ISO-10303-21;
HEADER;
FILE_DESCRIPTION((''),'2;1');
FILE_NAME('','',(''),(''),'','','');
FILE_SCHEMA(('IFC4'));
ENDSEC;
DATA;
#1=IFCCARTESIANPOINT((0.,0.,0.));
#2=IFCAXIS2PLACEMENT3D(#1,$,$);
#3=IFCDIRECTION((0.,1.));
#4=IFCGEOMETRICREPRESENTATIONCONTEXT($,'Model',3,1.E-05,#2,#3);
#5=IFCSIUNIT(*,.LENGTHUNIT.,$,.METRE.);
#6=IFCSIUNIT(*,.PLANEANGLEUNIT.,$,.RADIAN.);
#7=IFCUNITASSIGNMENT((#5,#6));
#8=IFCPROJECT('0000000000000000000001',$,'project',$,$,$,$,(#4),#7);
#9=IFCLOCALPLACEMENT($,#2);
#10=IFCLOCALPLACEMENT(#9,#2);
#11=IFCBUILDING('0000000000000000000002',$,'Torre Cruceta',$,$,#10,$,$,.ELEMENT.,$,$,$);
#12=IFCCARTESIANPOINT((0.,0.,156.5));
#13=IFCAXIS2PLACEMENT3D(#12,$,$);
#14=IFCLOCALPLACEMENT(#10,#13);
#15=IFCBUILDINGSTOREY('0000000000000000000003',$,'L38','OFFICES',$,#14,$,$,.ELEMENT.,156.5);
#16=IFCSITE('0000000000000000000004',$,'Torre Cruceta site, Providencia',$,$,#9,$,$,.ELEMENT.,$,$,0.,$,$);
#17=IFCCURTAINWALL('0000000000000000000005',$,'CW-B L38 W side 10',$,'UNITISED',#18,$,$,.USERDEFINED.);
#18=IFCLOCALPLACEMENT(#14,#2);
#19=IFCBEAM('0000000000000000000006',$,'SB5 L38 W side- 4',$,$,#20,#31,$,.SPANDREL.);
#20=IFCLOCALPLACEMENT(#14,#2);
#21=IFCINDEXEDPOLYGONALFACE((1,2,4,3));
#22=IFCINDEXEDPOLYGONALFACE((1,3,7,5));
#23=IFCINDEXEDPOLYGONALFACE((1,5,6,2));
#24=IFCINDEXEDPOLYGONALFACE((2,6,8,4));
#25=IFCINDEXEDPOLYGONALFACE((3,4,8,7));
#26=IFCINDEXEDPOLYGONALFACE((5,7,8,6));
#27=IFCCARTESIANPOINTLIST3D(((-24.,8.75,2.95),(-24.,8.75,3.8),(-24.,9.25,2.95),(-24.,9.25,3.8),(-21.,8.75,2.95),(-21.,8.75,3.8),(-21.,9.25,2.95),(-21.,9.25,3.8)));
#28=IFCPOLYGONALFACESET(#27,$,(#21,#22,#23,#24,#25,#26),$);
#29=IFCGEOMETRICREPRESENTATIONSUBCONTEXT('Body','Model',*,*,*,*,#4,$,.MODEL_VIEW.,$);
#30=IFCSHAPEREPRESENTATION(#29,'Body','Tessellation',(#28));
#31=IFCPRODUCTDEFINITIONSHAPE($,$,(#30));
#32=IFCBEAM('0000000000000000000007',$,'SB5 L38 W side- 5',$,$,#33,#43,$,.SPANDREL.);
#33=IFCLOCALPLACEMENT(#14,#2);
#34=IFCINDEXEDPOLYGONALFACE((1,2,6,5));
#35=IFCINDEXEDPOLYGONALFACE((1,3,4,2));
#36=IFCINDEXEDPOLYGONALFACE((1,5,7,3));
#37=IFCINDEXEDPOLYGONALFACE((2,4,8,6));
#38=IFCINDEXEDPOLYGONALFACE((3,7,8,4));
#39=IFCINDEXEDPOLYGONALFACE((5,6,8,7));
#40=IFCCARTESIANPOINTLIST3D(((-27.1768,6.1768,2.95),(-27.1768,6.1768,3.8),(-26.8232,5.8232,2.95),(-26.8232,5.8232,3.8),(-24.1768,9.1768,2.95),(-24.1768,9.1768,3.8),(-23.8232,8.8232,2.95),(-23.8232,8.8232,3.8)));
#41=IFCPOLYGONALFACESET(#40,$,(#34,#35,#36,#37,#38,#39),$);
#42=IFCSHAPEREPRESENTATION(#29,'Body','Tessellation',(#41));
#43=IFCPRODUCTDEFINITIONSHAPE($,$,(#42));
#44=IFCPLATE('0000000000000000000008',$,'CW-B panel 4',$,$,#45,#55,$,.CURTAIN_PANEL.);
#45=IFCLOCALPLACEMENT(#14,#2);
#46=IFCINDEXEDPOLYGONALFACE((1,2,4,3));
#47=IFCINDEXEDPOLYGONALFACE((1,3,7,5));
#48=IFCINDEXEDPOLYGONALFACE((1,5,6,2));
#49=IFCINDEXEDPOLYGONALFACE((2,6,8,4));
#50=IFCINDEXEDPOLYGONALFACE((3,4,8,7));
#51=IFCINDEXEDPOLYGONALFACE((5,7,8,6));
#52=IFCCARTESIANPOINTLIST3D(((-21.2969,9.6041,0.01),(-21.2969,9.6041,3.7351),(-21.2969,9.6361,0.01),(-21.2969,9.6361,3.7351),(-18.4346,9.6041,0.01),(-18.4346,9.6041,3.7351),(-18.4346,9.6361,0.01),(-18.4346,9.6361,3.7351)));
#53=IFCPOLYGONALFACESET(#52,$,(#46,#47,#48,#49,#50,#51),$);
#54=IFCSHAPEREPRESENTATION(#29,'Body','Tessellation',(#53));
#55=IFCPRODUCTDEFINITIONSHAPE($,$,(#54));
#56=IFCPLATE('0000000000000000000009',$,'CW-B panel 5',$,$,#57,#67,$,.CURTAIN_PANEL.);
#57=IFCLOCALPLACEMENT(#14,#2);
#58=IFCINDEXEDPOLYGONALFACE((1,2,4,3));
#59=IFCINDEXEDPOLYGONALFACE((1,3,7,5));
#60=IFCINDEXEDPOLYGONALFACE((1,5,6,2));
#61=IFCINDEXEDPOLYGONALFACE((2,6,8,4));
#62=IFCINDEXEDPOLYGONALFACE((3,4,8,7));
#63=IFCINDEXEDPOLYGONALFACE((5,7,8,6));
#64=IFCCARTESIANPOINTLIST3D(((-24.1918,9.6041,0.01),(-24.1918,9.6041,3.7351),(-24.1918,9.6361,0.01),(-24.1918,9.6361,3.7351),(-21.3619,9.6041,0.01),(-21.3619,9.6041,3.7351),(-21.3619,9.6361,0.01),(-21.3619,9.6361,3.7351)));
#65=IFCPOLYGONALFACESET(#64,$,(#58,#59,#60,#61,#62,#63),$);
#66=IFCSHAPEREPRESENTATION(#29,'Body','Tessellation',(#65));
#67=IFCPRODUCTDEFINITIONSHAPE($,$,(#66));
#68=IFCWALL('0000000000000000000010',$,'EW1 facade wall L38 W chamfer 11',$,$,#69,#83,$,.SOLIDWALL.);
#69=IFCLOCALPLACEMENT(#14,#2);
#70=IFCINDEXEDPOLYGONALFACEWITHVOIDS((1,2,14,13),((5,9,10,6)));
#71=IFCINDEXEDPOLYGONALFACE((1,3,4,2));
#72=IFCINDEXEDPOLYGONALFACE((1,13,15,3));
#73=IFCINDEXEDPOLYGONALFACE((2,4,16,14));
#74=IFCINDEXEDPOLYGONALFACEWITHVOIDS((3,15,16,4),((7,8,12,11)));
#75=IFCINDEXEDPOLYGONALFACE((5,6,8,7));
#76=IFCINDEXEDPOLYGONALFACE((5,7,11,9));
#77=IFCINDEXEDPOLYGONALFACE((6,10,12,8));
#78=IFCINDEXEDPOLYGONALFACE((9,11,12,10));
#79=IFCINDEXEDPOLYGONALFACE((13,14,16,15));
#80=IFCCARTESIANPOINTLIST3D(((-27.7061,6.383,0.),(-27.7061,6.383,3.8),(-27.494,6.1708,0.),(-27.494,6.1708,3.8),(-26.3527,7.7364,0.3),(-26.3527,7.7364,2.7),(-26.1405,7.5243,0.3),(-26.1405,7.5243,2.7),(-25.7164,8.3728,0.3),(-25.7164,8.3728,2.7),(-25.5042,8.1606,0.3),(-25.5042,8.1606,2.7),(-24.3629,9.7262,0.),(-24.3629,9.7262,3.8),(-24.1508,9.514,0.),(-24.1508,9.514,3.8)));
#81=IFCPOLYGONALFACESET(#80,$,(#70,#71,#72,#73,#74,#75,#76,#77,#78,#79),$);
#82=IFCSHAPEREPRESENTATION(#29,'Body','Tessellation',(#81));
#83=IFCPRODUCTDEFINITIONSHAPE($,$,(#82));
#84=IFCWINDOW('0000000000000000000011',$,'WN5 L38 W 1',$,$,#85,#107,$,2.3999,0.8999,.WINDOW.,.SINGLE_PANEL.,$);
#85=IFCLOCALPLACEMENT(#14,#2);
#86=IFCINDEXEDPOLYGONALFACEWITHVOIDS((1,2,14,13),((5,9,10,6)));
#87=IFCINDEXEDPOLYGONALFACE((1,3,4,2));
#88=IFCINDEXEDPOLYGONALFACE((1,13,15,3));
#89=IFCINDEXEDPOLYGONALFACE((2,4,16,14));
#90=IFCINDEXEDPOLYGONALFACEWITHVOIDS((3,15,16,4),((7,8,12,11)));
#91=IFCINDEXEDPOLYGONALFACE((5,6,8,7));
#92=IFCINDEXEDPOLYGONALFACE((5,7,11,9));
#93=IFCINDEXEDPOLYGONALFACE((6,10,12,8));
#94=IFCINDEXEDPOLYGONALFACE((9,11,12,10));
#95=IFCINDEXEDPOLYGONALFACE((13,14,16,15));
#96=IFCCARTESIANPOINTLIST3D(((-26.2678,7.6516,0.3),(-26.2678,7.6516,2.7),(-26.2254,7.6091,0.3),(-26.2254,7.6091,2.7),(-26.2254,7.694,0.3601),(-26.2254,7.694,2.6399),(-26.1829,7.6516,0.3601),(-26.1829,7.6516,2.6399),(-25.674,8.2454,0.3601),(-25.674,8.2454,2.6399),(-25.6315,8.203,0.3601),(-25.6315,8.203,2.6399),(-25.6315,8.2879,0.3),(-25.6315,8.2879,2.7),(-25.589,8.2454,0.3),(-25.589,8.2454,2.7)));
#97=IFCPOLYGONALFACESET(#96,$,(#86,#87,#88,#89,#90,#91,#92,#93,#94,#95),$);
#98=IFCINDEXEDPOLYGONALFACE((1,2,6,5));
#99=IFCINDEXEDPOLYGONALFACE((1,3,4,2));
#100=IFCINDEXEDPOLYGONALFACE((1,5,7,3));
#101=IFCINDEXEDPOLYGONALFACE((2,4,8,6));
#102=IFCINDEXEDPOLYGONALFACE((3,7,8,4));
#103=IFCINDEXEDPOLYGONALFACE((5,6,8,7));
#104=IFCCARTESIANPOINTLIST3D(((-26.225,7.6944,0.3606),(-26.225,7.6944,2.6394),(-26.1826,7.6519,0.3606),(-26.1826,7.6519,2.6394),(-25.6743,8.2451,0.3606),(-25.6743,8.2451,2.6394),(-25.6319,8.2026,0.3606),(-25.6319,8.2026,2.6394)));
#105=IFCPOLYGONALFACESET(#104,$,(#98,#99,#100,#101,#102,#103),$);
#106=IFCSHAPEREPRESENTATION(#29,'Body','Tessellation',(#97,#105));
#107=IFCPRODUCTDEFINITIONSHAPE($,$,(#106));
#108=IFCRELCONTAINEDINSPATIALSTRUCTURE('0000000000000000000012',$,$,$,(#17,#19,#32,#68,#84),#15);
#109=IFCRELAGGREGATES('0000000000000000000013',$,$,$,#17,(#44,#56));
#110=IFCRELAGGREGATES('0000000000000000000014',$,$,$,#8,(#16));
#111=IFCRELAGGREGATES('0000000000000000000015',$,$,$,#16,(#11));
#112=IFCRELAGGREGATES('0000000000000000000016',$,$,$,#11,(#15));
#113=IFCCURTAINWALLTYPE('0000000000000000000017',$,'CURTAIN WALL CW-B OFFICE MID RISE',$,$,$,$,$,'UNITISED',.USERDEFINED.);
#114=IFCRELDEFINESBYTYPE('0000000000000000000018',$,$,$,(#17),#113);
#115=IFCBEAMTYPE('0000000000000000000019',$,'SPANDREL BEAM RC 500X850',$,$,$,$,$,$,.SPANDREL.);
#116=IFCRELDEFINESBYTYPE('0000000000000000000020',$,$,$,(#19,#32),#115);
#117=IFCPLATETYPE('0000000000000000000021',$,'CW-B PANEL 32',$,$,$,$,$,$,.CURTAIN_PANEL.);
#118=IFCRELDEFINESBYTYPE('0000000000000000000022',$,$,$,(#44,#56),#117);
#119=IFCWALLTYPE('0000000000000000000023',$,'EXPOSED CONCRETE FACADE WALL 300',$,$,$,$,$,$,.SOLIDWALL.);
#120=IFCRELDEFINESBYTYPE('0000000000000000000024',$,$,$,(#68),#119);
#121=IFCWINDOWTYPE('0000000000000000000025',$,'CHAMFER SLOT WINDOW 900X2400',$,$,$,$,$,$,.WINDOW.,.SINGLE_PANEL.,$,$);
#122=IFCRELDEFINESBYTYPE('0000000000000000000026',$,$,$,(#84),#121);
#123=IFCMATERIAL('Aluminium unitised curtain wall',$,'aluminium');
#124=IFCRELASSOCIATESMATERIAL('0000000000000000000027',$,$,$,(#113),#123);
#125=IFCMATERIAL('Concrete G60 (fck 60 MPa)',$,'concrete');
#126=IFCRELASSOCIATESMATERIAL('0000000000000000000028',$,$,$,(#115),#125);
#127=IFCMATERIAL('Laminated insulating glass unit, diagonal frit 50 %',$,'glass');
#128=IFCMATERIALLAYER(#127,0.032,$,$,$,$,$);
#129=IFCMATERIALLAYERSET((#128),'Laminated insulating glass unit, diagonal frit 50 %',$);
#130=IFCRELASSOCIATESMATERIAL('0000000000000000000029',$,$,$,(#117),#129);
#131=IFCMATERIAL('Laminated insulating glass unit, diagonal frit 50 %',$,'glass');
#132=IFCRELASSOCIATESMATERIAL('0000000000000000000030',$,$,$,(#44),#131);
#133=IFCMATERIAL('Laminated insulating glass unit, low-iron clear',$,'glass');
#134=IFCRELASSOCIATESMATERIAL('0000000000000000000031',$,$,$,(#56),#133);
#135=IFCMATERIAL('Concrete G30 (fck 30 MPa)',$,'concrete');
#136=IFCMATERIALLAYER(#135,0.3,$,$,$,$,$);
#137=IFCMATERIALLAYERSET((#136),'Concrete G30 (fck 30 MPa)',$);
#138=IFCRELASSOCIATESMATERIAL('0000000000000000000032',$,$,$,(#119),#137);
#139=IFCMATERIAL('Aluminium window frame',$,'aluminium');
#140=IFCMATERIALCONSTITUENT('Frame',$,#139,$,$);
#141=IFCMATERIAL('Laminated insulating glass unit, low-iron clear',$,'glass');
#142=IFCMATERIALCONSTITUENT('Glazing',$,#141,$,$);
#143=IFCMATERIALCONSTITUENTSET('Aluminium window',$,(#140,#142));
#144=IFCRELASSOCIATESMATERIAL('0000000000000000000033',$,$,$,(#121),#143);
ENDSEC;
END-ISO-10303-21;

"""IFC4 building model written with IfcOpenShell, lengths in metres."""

from ifc_helpers import new_model, si_unit, direction, frame, frame_2d, origin, origin_2d, place, context, subcontext, project, spatial, rectangle, hollow_rectangle, extrude, material, layer, layer_set, constituent, constituent_set, material_profile, profile_set, type_object, element, fill, aggregate, save


model = new_model("IFC4")

# Units and contexts
model_context = context("Model", 3, precision=1e-05, world=origin(), true_north=direction((0.0, 1.0)))
body_context = subcontext(model_context, "Body", "Model", "MODEL_VIEW")
ifc_project = project(units=[si_unit("LENGTHUNIT", "METRE"), si_unit("PLANEANGLEUNIT", "RADIAN")], contexts=[model_context])

# Site, building, storey
site_placement = place(None, origin())
site = spatial("IfcSite", under=ifc_project, at=site_placement, Name="Torre Cruceta site, Providencia", CompositionType="ELEMENT", RefElevation=0.0)
building_placement = place(site_placement, origin())
building = spatial("IfcBuilding", under=site, at=building_placement, Name="Torre Cruceta", CompositionType="ELEMENT")
storey_placement = place(building_placement, frame((0.0, 0.0, 156.5)))
storey = spatial("IfcBuildingStorey", under=building, at=storey_placement, Name="L38", Description="OFFICES", CompositionType="ELEMENT", Elevation=156.5)

# Curtain wall
ifc_material_1 = material(Name="Aluminium unitised curtain wall", Category="aluminium")
curtain_wall_type = type_object("IfcCurtainWallType", Name="CURTAIN WALL CW-B OFFICE MID RISE", ElementType="UNITISED", PredefinedType="USERDEFINED", material=ifc_material_1)
curtain_wall_placement = place(storey_placement, origin())
curtain_wall = element("IfcCurtainWall", 1, at=curtain_wall_placement, inside=storey, type_object=curtain_wall_type, Name="CW-B L38 W side 10", ObjectType="UNITISED", PredefinedType="USERDEFINED")

# Beams
ifc_material_2 = material(Name="Concrete G60 (fck 60 MPa)", Category="concrete")
ifc_material_profile_1 = material_profile(ifc_material_2, rectangle(XDim=0.5, YDim=0.8501, at=origin_2d()), Name="RC 500X850")
ifc_profile_set_1 = profile_set([ifc_material_profile_1], Name="Concrete G60 (fck 60 MPa)")
beam_type_1 = type_object("IfcBeamType", Name="SPANDREL BEAM RC 500X850", PredefinedType="SPANDREL", material=ifc_profile_set_1)
beam_1_placement = place(storey_placement, frame((-21.0, 9.0, 3.375), z_axis=(-1.0, 0.0, 0.0), x_axis=(0.0, -1.0, 0.0)))
element("IfcBeam", 2, at=beam_1_placement, inside=storey, type_object=beam_type_1, Name="SB5 L38 W side- 4", PredefinedType="SPANDREL", context=body_context, shape_type="SweptSolid", body=[
    extrude(rectangle(XDim=0.5, YDim=0.8501, at=origin_2d()), origin(), (0.0, 0.0, 1.0), 3.0),
])
beam_2_placement = place(storey_placement, frame((-24.0, 9.0, 3.375), z_axis=(-0.707107, -0.707107, 0.0), x_axis=(0.707107, -0.707107, 0.0)))
element("IfcBeam", 3, at=beam_2_placement, inside=storey, type_object=beam_type_1, Name="SB5 L38 W side- 5", PredefinedType="SPANDREL", context=body_context, shape_type="SweptSolid", body=[
    extrude(rectangle(XDim=0.5, YDim=0.8501, at=origin_2d()), origin(), (0.0, 0.0, 1.0), 4.2427),
])

# Plates
ifc_material_3 = material(Name="Laminated insulating glass unit, diagonal frit 50 %", Category="glass")
ifc_material_4 = material(Name="Laminated insulating glass unit, diagonal frit 50 %", Category="glass")
ifc_layer_1 = layer(ifc_material_4, 0.032)
ifc_layer_set_1 = layer_set([ifc_layer_1], Name="Laminated insulating glass unit, diagonal frit 50 %")
plate_type = type_object("IfcPlateType", Name="CW-B PANEL 32", PredefinedType="CURTAIN_PANEL", material=ifc_layer_set_1)
plate_1_placement = place(storey_placement, frame((-19.8657, 9.6201, 0.01), z_axis=(0.0, 0.0, 1.0), x_axis=(-1.0, 0.0, 0.0)))
plate_1 = element("IfcPlate", 4, at=plate_1_placement, type_object=plate_type, material=ifc_material_3, Name="CW-B panel 4", PredefinedType="CURTAIN_PANEL", context=body_context, shape_type="SweptSolid", body=[
    extrude(rectangle(XDim=2.8623, YDim=0.032, at=origin_2d()), origin(), (0.0, 0.0, 1.0), 3.7251),
])
ifc_material_5 = material(Name="Laminated insulating glass unit, low-iron clear", Category="glass")
plate_2_placement = place(storey_placement, frame((-22.7769, 9.6201, 0.01), z_axis=(0.0, 0.0, 1.0), x_axis=(-1.0, 0.0, 0.0)))
plate_2 = element("IfcPlate", 5, at=plate_2_placement, type_object=plate_type, material=ifc_material_5, Name="CW-B panel 5", PredefinedType="CURTAIN_PANEL", context=body_context, shape_type="SweptSolid", body=[
    extrude(rectangle(XDim=2.8298, YDim=0.032, at=origin_2d()), origin(), (0.0, 0.0, 1.0), 3.7251),
])
aggregate(curtain_wall, [plate_1, plate_2])

# Wall, opening, window
ifc_material_6 = material(Name="Concrete G30 (fck 30 MPa)", Category="concrete")
ifc_layer_2 = layer(ifc_material_6, 0.3)
ifc_layer_set_2 = layer_set([ifc_layer_2], Name="Concrete G30 (fck 30 MPa)")
wall_type_1 = type_object("IfcWallType", Name="EXPOSED CONCRETE FACADE WALL 300", PredefinedType="SOLIDWALL", material=ifc_layer_set_2)
wall_1_placement = place(storey_placement, frame((-24.2568, 9.6201, 0.0), z_axis=(0.0, 0.0, 1.0), x_axis=(-0.707107, -0.707107, 0.0)))
wall_1 = element("IfcWall", 6, at=wall_1_placement, inside=storey, type_object=wall_type_1, Name="EW1 facade wall L38 W chamfer 11", PredefinedType="SOLIDWALL", context=body_context, shape_type="SweptSolid", body=[
    extrude(rectangle(XDim=4.728, YDim=0.3, at=frame_2d((2.364, 0.0))), origin(), (0.0, 0.0, 1.0), 3.8),
])
opening_1_placement = place(wall_1_placement, frame((1.9141, 0.0, 0.3)))
opening_1 = element("IfcOpeningElement", 7, at=opening_1_placement, cuts=wall_1, PredefinedType="OPENING", context=body_context, shape_type="SweptSolid", body=[
    extrude(rectangle(XDim=0.8999, YDim=2.3999, at=frame_2d((0.45, 1.2))), frame((0.0, 0.1599, 0.0), z_axis=(0.0, -1.0, 0.0), x_axis=(1.0, 0.0, 0.0)), (0.0, 0.0, 1.0), 0.3201),
])
ifc_material_7 = material(Name="Aluminium window frame", Category="aluminium")
ifc_constituent_1 = constituent(ifc_material_7, Name="Frame")
ifc_material_8 = material(Name="Laminated insulating glass unit, low-iron clear", Category="glass")
ifc_constituent_2 = constituent(ifc_material_8, Name="Glazing")
ifc_constituent_set_1 = constituent_set(constituents=[ifc_constituent_1, ifc_constituent_2], Name="Aluminium window")
window_type_1 = type_object("IfcWindowType", Name="CHAMFER SLOT WINDOW 900X2400", PartitioningType="SINGLE_PANEL", PredefinedType="WINDOW", material=ifc_constituent_set_1)
window_1_placement = place(opening_1_placement, origin())
window_1 = element("IfcWindow", 8, at=window_1_placement, inside=storey, type_object=window_type_1, Name="WN5 L38 W 1", OverallHeight=2.3999, OverallWidth=0.8999, PartitioningType="SINGLE_PANEL", PredefinedType="WINDOW", context=body_context, shape_type="SweptSolid", body=[
    extrude(hollow_rectangle(XDim=0.8999, YDim=2.3999, WallThickness=0.0601, at=frame_2d((0.45, 1.2))), frame((0.0, 0.03, 0.0), z_axis=(0.0, -1.0, 0.0), x_axis=(1.0, 0.0, 0.0)), (0.0, 0.0, 1.0), 0.0601),
    extrude(rectangle(XDim=0.7788, YDim=2.2788, at=frame_2d((0.45, 1.2))), frame((0.0, 0.03, 0.0), z_axis=(0.0, -1.0, 0.0), x_axis=(1.0, 0.0, 0.0)), (0.0, 0.0, 1.0), 0.0601),
])
fill(opening_1, window_1)

save(model, "model.ifc")
